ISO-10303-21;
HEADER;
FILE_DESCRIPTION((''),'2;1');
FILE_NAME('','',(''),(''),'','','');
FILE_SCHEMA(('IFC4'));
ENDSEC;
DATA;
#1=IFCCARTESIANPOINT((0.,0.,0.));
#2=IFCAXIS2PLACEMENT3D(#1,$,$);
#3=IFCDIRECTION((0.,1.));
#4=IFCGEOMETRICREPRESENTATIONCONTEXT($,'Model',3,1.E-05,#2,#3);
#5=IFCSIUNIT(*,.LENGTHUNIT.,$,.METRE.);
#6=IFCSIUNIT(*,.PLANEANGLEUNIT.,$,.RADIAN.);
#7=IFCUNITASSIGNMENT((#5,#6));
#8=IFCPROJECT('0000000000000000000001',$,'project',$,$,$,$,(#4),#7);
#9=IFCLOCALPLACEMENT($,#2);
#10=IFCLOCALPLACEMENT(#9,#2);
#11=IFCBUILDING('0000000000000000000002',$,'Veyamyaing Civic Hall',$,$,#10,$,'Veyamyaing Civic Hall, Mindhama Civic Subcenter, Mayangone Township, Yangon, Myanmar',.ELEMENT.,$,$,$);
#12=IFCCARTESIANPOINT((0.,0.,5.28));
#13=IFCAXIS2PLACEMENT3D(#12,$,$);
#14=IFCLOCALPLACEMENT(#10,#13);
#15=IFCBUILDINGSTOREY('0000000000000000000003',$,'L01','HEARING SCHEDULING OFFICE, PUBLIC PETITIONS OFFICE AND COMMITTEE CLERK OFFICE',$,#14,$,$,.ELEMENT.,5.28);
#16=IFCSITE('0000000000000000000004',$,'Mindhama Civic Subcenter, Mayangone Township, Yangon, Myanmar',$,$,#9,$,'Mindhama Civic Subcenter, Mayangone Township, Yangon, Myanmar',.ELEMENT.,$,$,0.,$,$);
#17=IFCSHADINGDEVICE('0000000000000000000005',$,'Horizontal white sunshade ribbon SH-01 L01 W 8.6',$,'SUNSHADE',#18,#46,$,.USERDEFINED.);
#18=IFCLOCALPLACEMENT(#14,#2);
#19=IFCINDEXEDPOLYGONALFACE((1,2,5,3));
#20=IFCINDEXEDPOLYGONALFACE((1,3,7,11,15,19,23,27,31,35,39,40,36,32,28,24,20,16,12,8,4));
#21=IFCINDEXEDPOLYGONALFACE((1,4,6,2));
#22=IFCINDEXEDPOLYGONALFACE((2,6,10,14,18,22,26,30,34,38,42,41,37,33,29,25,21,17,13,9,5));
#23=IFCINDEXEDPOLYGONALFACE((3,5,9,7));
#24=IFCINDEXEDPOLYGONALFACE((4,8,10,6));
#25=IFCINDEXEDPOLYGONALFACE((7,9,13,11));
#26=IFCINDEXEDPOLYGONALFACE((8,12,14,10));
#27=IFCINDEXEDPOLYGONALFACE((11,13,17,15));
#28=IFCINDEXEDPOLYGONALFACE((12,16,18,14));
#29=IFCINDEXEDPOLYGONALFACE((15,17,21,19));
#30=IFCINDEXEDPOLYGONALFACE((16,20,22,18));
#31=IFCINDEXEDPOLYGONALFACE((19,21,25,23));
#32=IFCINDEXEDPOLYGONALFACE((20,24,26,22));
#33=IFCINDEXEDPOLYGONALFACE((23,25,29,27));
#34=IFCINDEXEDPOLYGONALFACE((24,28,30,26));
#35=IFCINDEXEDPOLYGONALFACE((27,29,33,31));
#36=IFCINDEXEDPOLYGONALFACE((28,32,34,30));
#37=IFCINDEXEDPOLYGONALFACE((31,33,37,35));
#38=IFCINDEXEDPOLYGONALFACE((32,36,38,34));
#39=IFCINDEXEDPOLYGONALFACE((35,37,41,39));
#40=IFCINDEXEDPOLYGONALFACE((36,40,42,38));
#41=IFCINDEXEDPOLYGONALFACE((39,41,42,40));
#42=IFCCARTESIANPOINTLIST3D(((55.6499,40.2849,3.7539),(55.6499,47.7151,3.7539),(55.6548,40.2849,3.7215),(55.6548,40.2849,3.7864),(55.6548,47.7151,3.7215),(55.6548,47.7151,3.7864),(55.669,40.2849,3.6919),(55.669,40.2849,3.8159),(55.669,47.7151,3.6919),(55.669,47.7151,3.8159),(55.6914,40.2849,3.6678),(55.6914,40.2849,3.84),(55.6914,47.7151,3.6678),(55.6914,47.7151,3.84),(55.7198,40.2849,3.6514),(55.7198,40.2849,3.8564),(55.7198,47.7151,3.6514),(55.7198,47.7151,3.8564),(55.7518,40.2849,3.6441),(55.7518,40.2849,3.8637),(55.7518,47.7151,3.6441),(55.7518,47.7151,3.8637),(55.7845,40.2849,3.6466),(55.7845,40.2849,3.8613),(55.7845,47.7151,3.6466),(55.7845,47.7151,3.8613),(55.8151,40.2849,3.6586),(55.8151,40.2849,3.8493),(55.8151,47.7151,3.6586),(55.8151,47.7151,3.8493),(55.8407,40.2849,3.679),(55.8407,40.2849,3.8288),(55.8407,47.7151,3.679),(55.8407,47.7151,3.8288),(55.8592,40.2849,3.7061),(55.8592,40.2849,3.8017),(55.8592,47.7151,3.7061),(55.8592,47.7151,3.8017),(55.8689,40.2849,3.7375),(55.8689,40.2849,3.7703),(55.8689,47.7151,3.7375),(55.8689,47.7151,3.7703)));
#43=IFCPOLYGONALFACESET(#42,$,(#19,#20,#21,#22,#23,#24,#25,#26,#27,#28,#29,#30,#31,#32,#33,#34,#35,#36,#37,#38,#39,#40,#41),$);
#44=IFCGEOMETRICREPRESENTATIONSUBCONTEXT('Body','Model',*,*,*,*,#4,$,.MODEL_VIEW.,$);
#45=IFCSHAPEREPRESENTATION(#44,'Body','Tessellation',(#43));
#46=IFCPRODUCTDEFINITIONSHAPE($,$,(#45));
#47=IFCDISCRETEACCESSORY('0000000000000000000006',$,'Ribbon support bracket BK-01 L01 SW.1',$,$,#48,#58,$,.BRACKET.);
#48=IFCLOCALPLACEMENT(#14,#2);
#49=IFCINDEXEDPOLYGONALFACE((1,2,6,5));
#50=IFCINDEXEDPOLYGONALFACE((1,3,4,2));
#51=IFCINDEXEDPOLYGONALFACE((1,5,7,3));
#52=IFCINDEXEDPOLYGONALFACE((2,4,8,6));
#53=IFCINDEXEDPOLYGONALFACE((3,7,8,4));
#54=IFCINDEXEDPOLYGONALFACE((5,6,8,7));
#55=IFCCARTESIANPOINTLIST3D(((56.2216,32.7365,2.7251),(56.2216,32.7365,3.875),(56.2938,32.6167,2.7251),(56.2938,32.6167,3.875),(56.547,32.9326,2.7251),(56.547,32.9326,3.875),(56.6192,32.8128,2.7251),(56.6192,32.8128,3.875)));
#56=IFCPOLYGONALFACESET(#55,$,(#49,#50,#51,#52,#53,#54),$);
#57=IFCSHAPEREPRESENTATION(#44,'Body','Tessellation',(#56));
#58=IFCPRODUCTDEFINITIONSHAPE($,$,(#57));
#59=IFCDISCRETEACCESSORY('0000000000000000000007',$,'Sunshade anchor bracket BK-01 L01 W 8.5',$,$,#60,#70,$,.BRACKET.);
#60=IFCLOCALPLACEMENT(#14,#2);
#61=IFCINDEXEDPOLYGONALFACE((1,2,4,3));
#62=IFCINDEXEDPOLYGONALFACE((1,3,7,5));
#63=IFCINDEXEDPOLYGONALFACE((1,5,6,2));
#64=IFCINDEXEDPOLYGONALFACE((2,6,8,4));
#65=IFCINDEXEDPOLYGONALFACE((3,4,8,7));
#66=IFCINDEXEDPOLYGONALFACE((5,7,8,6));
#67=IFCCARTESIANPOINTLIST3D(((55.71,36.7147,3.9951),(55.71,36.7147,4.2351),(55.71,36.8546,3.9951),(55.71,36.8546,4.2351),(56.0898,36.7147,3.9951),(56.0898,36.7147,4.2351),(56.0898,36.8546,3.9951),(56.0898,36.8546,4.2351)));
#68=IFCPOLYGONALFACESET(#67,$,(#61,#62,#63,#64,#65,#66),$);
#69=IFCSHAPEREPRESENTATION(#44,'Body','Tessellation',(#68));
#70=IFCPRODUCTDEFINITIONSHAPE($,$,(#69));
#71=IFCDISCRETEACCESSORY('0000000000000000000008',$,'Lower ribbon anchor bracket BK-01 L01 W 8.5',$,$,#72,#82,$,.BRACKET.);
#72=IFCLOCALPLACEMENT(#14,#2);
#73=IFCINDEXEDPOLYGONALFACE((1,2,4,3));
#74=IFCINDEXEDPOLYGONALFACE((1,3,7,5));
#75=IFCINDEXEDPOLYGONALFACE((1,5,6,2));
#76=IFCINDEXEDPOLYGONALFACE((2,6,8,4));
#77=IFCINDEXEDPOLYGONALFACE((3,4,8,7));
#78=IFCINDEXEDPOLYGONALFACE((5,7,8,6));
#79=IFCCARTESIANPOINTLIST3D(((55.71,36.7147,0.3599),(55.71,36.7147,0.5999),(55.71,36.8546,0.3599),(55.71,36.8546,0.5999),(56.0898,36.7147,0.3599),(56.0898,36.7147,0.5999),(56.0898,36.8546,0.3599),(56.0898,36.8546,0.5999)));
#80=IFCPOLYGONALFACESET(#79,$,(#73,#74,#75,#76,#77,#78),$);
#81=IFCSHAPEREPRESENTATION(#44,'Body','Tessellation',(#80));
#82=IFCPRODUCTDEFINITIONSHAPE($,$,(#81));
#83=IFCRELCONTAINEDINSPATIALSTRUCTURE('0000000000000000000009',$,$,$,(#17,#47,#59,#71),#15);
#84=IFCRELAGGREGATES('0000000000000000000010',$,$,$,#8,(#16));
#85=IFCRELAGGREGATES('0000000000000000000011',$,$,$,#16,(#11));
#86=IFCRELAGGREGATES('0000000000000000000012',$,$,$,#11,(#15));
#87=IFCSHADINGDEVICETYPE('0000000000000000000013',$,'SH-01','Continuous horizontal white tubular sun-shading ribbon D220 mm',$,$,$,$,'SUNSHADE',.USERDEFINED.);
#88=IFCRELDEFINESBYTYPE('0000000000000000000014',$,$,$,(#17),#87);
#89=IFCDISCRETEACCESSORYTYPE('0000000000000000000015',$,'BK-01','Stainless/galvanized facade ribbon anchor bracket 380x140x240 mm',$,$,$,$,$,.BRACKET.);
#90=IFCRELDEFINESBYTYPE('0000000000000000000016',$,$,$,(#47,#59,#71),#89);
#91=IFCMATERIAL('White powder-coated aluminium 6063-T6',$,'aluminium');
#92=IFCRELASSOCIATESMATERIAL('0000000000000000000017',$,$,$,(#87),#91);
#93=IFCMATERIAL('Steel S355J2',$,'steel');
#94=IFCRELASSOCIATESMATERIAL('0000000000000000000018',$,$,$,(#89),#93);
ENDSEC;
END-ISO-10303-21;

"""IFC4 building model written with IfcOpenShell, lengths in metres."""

from ifc_helpers import new_model, si_unit, direction, frame, origin, origin_2d, place, context, subcontext, project, spatial, rectangle, circle, extrude, material, material_profile, profile_set, type_object, element, save


model = new_model("IFC4")

# Units and contexts
model_context = context("Model", 3, precision=1e-05, world=origin(), true_north=direction((0.0, 1.0)))
body_context = subcontext(model_context, "Body", "Model", "MODEL_VIEW")
ifc_project = project(units=[si_unit("LENGTHUNIT", "METRE"), si_unit("PLANEANGLEUNIT", "RADIAN")], contexts=[model_context])

# Site, building, storey
site_placement = place(None, origin())
site = spatial("IfcSite", under=ifc_project, at=site_placement, Name="Mindhama Civic Subcenter, Mayangone Township, Yangon, Myanmar", LongName="Mindhama Civic Subcenter, Mayangone Township, Yangon, Myanmar", CompositionType="ELEMENT", RefElevation=0.0)
building_placement = place(site_placement, origin())
building = spatial("IfcBuilding", under=site, at=building_placement, Name="Veyamyaing Civic Hall", LongName="Veyamyaing Civic Hall, Mindhama Civic Subcenter, Mayangone Township, Yangon, Myanmar", CompositionType="ELEMENT")
storey_placement = place(building_placement, frame((0.0, 0.0, 5.28)))
storey = spatial("IfcBuildingStorey", under=building, at=storey_placement, Name="L01", Description="HEARING SCHEDULING OFFICE, PUBLIC PETITIONS OFFICE AND COMMITTEE CLERK OFFICE", CompositionType="ELEMENT", Elevation=5.28)

# Shared definitions
ifc_material_1 = material(Name="White powder-coated aluminium 6063-T6", Category="aluminium")

# Shading device
ifc_material_profile_1 = material_profile(ifc_material_1, circle(Radius=0.1101, at=origin_2d()), Name="SHADE-TUBE-220")
ifc_profile_set_1 = profile_set([ifc_material_profile_1], Name="White powder-coated aluminium 6063-T6")
shading_device_type = type_object("IfcShadingDeviceType", Name="SH-01", Description="Continuous horizontal white tubular sun-shading ribbon D220 mm", ElementType="SUNSHADE", PredefinedType="USERDEFINED", material=ifc_profile_set_1)
shading_device_1_placement = place(storey_placement, frame((55.76, 40.2849, 3.7539), z_axis=(0.0, 1.0, 0.0), x_axis=(-1.0, 0.0, 0.0)))
element("IfcShadingDevice", 1, at=shading_device_1_placement, inside=storey, type_object=shading_device_type, Name="Horizontal white sunshade ribbon SH-01 L01 W 8.6", ObjectType="SUNSHADE", PredefinedType="USERDEFINED", context=body_context, shape_type="SweptSolid", body=[
    extrude(circle(Radius=0.1101, at=origin_2d()), origin(), (0.0, 0.0, 1.0), 7.4302),
])

# Discrete accessories
ifc_material_2 = material(Name="Steel S355J2", Category="steel")
discrete_accessory_type = type_object("IfcDiscreteAccessoryType", Name="BK-01", Description="Stainless/galvanized facade ribbon anchor bracket 380x140x240 mm", PredefinedType="BRACKET", material=ifc_material_2)
discrete_accessory_placement = place(storey_placement, frame((56.4204, 32.7747, 2.7251), z_axis=(0.0, 0.0, 1.0), x_axis=(-0.856525, -0.516106, 0.0)))
element("IfcDiscreteAccessory", 2, at=discrete_accessory_placement, inside=storey, type_object=discrete_accessory_type, Name="Ribbon support bracket BK-01 L01 SW.1", PredefinedType="BRACKET", context=body_context, shape_type="SweptSolid", body=[
    extrude(rectangle(XDim=0.3799, YDim=0.1399, at=origin_2d()), origin(), (0.0, 0.0, 1.0), 1.1499),
])
for number, where, z_axis, x_axis, name in (
    (3, (55.8999, 36.7847, 3.9951), (0.0, 0.0, 1.0), (-1.0, 0.0, 0.0), "Sunshade anchor bracket BK-01 L01 W 8.5"),
    (4, (55.8999, 36.7847, 0.3599), (0.0, 0.0, 1.0), (-1.0, 0.0, 0.0), "Lower ribbon anchor bracket BK-01 L01 W 8.5"),
):
    element("IfcDiscreteAccessory", number, at=place(storey_placement, frame(where, z_axis=z_axis, x_axis=x_axis)), inside=storey, type_object=discrete_accessory_type, Name=name, PredefinedType="BRACKET", context=body_context, shape_type="SweptSolid", body=[
        extrude(rectangle(XDim=0.3799, YDim=0.1399, at=origin_2d()), origin(), (0.0, 0.0, 1.0), 0.24),
    ])

save(model, "model.ifc")
